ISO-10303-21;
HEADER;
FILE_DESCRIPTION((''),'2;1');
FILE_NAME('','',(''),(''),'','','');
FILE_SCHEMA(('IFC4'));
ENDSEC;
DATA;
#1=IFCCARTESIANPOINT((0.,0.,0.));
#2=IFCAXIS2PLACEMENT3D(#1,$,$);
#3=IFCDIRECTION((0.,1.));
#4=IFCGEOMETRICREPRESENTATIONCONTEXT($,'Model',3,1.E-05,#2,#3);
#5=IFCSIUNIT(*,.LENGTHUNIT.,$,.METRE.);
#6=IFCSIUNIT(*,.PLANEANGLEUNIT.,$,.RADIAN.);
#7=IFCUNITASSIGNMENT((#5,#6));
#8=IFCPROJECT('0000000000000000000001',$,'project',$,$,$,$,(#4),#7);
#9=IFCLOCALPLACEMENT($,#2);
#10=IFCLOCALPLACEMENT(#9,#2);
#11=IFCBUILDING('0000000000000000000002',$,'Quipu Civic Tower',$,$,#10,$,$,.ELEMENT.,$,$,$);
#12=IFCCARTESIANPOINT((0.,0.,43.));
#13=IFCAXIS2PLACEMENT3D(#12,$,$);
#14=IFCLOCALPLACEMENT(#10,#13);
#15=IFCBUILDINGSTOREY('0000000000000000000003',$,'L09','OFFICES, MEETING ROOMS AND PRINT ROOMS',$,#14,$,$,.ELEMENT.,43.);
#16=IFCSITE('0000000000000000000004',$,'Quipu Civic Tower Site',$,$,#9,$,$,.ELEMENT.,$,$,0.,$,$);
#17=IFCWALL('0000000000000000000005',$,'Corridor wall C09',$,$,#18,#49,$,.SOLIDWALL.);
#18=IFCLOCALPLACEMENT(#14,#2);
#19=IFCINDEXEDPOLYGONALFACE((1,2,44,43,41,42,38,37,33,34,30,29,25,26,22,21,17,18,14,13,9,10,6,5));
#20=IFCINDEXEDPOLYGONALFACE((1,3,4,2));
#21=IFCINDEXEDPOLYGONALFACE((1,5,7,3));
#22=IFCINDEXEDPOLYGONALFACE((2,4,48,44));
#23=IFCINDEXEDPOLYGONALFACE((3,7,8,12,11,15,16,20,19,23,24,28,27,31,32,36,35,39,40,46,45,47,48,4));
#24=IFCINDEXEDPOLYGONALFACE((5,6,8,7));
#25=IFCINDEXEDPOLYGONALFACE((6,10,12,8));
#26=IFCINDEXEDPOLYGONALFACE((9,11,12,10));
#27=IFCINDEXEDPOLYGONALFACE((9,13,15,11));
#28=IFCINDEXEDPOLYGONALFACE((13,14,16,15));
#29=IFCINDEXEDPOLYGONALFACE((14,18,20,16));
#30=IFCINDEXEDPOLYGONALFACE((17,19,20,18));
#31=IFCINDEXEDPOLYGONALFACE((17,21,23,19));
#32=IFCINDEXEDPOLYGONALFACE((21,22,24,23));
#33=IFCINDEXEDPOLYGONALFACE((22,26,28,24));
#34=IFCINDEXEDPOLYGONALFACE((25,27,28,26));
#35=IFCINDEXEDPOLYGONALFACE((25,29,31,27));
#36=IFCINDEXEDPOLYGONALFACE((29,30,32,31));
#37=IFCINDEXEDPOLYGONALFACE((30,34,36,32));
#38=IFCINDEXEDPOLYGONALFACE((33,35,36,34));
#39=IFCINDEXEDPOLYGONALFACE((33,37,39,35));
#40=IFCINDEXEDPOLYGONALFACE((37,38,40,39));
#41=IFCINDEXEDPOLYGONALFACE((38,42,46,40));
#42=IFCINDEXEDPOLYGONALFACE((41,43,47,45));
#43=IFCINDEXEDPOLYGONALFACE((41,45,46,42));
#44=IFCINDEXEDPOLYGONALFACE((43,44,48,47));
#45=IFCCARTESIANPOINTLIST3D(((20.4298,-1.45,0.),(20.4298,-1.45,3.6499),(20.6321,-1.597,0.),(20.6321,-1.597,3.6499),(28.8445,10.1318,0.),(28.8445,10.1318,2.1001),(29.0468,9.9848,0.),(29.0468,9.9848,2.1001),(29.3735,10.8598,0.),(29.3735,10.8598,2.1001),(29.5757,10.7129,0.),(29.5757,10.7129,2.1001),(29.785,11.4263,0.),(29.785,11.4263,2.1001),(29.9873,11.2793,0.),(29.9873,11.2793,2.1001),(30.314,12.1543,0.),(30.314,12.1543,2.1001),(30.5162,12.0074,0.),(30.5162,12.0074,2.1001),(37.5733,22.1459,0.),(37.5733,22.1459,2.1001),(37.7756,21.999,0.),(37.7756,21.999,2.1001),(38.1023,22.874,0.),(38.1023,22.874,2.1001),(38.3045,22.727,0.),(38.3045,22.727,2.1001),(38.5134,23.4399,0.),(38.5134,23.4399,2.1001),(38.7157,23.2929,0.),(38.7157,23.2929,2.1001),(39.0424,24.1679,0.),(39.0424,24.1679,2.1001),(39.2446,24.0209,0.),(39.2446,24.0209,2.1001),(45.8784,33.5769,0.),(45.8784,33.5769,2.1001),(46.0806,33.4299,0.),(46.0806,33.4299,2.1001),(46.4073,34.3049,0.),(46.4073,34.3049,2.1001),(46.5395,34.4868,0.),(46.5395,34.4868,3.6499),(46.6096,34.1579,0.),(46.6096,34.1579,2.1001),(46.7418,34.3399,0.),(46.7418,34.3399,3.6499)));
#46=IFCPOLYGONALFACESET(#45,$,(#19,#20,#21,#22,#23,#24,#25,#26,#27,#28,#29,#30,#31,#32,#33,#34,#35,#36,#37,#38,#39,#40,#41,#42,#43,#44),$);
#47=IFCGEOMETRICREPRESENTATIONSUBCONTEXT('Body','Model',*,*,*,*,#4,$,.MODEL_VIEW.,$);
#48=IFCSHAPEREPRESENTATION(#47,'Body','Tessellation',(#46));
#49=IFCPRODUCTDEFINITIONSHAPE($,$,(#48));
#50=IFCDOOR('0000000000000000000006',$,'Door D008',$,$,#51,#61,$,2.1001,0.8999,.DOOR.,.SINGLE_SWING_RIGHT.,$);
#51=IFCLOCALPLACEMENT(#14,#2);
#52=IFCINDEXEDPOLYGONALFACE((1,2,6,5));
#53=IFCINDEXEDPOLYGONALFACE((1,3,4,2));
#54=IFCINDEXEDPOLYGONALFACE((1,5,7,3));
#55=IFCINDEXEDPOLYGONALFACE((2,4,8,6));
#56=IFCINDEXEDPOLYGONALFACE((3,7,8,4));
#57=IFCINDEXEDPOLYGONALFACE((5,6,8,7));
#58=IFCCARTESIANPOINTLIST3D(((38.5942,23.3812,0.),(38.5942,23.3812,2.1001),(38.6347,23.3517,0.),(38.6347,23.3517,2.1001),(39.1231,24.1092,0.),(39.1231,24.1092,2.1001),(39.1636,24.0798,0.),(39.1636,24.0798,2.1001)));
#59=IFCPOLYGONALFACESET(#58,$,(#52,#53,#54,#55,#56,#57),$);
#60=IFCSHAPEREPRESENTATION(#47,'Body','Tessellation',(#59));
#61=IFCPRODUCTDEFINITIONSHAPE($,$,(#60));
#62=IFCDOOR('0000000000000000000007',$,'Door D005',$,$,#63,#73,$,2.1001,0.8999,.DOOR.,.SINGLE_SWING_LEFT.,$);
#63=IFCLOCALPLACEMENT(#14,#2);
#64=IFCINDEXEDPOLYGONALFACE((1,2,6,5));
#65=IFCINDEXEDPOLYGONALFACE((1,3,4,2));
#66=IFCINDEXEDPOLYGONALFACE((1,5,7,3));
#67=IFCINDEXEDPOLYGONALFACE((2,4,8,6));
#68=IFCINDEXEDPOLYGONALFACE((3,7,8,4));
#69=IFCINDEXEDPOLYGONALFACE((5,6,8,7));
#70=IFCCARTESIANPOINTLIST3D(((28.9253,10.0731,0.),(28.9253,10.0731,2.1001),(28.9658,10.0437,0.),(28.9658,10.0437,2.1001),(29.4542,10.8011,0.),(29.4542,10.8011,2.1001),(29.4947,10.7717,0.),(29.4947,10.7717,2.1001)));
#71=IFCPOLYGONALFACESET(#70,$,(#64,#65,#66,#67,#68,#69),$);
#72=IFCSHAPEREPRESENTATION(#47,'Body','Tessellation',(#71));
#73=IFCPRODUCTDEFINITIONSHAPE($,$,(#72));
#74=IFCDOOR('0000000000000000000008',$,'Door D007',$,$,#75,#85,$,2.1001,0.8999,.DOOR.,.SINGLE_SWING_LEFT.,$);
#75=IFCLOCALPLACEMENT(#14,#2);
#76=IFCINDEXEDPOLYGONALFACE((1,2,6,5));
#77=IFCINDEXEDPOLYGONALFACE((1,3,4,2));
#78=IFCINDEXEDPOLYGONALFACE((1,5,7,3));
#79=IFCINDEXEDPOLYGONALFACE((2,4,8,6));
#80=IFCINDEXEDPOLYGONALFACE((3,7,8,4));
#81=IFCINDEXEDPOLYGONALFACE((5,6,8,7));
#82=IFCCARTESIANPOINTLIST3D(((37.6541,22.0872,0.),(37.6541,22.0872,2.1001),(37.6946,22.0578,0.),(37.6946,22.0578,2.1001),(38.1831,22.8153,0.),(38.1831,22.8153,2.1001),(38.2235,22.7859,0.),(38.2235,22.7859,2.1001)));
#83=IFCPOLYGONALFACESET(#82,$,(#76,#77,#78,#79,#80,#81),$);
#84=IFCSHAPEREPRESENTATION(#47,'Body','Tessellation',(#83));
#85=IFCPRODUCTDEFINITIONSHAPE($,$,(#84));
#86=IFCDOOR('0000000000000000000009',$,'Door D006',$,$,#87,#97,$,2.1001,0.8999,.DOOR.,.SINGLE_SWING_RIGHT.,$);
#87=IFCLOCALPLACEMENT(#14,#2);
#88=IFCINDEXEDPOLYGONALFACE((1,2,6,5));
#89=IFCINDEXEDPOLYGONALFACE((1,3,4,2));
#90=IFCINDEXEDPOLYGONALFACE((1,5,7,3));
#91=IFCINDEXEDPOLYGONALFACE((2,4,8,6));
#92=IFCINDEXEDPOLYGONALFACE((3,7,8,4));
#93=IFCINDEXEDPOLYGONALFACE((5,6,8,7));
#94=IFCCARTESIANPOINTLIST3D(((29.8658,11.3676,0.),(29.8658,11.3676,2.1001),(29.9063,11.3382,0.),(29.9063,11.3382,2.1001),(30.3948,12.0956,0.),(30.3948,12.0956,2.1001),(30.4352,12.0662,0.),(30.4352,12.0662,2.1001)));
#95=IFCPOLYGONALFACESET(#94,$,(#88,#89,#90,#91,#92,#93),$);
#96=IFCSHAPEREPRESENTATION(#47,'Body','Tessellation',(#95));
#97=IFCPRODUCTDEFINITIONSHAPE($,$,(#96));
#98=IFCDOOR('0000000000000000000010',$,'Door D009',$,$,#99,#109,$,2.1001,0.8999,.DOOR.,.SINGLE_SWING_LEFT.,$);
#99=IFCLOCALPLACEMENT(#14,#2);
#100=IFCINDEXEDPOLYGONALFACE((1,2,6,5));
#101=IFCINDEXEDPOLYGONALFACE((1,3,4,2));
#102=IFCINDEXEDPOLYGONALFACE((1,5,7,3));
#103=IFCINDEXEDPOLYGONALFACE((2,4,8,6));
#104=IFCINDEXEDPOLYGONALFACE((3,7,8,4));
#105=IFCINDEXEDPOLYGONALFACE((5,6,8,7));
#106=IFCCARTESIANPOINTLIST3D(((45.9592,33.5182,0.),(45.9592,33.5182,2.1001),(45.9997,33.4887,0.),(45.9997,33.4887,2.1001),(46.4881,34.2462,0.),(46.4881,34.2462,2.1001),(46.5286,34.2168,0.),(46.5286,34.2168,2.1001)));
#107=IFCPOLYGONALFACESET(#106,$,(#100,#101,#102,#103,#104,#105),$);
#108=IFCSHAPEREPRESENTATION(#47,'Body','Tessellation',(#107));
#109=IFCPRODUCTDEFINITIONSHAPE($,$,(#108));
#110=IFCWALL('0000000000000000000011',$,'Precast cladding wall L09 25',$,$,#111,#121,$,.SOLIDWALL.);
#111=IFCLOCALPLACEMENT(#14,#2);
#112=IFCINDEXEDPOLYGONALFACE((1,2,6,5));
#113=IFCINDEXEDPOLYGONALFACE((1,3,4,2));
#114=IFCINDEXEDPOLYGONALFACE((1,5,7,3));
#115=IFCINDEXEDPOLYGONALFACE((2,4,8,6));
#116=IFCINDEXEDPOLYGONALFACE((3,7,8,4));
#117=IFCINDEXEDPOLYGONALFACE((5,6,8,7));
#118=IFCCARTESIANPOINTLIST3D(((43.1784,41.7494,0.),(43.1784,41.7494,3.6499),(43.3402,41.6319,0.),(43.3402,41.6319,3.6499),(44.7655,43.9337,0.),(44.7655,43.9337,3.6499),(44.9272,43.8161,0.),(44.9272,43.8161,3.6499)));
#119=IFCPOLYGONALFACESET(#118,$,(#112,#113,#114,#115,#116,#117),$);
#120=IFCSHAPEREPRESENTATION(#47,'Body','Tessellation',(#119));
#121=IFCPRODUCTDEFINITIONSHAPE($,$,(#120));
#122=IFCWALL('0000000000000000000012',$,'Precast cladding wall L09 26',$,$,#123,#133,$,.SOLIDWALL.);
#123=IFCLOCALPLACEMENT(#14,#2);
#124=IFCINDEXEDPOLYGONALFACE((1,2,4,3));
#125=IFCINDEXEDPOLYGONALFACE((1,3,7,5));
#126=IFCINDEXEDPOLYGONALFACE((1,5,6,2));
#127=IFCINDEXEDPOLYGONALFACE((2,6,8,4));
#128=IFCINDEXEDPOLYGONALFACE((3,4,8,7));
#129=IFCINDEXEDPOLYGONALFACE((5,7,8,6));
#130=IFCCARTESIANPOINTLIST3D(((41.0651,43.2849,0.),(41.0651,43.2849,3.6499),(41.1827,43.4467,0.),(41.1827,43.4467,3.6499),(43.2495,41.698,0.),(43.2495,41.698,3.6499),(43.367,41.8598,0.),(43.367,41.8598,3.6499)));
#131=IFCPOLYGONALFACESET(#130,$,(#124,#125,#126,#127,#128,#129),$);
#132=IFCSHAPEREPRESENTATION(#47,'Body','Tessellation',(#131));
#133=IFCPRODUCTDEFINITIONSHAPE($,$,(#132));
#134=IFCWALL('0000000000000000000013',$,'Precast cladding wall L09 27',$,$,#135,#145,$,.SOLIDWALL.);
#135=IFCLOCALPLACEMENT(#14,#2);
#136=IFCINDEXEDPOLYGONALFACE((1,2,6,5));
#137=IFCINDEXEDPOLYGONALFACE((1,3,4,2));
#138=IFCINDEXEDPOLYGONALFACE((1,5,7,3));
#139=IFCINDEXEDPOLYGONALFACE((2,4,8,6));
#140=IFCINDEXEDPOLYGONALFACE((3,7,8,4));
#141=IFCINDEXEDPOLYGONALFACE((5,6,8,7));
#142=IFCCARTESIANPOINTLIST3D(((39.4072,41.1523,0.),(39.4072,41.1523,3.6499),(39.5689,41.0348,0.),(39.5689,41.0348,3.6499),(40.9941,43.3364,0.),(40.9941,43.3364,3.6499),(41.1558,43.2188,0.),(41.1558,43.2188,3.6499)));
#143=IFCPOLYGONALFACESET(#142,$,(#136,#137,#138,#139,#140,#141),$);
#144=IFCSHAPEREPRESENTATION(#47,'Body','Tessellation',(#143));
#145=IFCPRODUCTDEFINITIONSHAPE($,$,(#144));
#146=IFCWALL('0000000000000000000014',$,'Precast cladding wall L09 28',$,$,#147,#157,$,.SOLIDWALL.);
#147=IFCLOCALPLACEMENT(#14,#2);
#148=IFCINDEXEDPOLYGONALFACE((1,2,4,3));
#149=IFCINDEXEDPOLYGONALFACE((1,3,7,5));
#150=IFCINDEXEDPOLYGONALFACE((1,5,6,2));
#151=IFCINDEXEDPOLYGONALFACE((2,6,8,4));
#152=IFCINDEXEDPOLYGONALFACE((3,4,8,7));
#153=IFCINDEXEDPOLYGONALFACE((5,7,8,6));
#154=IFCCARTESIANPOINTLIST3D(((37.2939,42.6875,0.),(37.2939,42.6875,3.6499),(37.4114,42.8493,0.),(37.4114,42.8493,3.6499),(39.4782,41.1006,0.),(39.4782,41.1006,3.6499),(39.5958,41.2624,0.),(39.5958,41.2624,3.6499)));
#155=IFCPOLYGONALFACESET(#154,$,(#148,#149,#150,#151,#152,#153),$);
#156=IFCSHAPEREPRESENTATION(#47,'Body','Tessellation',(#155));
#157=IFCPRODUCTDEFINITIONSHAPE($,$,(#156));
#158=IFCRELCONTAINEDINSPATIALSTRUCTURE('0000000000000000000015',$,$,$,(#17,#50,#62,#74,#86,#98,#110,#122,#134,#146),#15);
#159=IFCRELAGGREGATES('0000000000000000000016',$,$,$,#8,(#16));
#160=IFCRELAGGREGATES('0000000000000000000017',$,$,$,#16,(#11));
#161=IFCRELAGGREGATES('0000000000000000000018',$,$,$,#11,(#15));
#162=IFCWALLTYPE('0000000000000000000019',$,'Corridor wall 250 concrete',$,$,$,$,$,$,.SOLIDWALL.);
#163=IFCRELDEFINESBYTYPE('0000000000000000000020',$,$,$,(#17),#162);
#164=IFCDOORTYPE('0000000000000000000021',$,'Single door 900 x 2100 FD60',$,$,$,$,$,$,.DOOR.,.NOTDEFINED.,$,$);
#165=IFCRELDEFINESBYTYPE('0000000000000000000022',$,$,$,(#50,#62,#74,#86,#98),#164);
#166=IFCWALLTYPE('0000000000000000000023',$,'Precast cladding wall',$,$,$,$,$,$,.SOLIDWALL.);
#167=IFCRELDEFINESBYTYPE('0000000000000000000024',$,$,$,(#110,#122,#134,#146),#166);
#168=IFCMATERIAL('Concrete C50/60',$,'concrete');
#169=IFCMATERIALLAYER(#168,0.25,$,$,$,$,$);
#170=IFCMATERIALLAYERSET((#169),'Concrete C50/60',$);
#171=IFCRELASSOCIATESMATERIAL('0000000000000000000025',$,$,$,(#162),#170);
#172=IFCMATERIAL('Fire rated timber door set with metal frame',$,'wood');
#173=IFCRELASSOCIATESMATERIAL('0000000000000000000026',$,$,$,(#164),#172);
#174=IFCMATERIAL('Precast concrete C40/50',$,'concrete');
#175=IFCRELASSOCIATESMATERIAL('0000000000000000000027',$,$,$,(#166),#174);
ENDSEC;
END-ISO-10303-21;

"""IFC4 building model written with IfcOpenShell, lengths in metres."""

from ifc_helpers import new_model, si_unit, direction, frame, frame_2d, origin, place, context, subcontext, project, spatial, rectangle, extrude, material, layer, layer_set, type_object, element, fill, save


model = new_model("IFC4")

# Units and contexts
model_context = context("Model", 3, precision=1e-05, world=origin(), true_north=direction((0.0, 1.0)))
body_context = subcontext(model_context, "Body", "Model", "MODEL_VIEW")
ifc_project = project(units=[si_unit("LENGTHUNIT", "METRE"), si_unit("PLANEANGLEUNIT", "RADIAN")], contexts=[model_context])

# Site, building, storey
site_placement = place(None, origin())
site = spatial("IfcSite", under=ifc_project, at=site_placement, Name="Quipu Civic Tower Site", CompositionType="ELEMENT", RefElevation=0.0)
building_placement = place(site_placement, origin())
building = spatial("IfcBuilding", under=site, at=building_placement, Name="Quipu Civic Tower", CompositionType="ELEMENT")
storey_placement = place(building_placement, frame((0.0, 0.0, 43.0)))
storey = spatial("IfcBuildingStorey", under=building, at=storey_placement, Name="L09", Description="OFFICES, MEETING ROOMS AND PRINT ROOMS", CompositionType="ELEMENT", Elevation=43.0)

# Shared definitions
ifc_material_1 = material(Name="Concrete C50/60", Category="concrete")
ifc_layer_1 = layer(ifc_material_1, 0.25)
ifc_layer_set_1 = layer_set([ifc_layer_1], Name="Concrete C50/60")
wall_type_1 = type_object("IfcWallType", Name="Corridor wall 250 concrete", PredefinedType="SOLIDWALL", material=ifc_layer_set_1)

# Wall, openings, doors
wall_1_placement = place(storey_placement, frame((46.6406, 34.4133, 0.0), z_axis=(0.0, 0.0, 1.0), x_axis=(-0.587786, -0.809017, 0.0)))
wall_1 = element("IfcWall", 1, at=wall_1_placement, inside=storey, type_object=wall_type_1, Name="Corridor wall C09", PredefinedType="SOLIDWALL", context=body_context, shape_type="SweptSolid", body=[
    extrude(rectangle(XDim=44.4204, YDim=0.25, at=frame_2d((22.2102, 0.0))), origin(), (0.0, 0.0, 1.0), 3.6499),
])
opening_1_placement = place(wall_1_placement, frame((12.7549, 0.0, 0.0)))
opening_1 = element("IfcOpeningElement", 2, at=opening_1_placement, cuts=wall_1, PredefinedType="OPENING", context=body_context, shape_type="SweptSolid", body=[
    extrude(rectangle(XDim=0.8999, YDim=2.1001, at=frame_2d((0.45, 1.05))), frame((0.0, 0.135, 0.0), z_axis=(0.0, -1.0, 0.0), x_axis=(1.0, 0.0, 0.0)), (0.0, 0.0, 1.0), 0.27),
])
opening_2_placement = place(wall_1_placement, frame((29.2046, 0.0, 0.0)))
opening_2 = element("IfcOpeningElement", 3, at=opening_2_placement, cuts=wall_1, PredefinedType="OPENING", context=body_context, shape_type="SweptSolid", body=[
    extrude(rectangle(XDim=0.8999, YDim=2.1001, at=frame_2d((0.45, 1.05))), frame((0.0, 0.135, 0.0), z_axis=(0.0, -1.0, 0.0), x_axis=(1.0, 0.0, 0.0)), (0.0, 0.0, 1.0), 0.27),
])
opening_3_placement = place(wall_1_placement, frame((14.3542, 0.0, 0.0)))
opening_3 = element("IfcOpeningElement", 4, at=opening_3_placement, cuts=wall_1, PredefinedType="OPENING", context=body_context, shape_type="SweptSolid", body=[
    extrude(rectangle(XDim=0.8999, YDim=2.1001, at=frame_2d((0.45, 1.05))), frame((0.0, 0.135, 0.0), z_axis=(0.0, -1.0, 0.0), x_axis=(1.0, 0.0, 0.0)), (0.0, 0.0, 1.0), 0.27),
])
opening_4_placement = place(wall_1_placement, frame((27.6045, 0.0, 0.0)))
opening_4 = element("IfcOpeningElement", 5, at=opening_4_placement, cuts=wall_1, PredefinedType="OPENING", context=body_context, shape_type="SweptSolid", body=[
    extrude(rectangle(XDim=0.8999, YDim=2.1001, at=frame_2d((0.45, 1.05))), frame((0.0, 0.135, 0.0), z_axis=(0.0, -1.0, 0.0), x_axis=(1.0, 0.0, 0.0)), (0.0, 0.0, 1.0), 0.27),
])
opening_5_placement = place(wall_1_placement, frame((0.2249, 0.0, 0.0)))
opening_5 = element("IfcOpeningElement", 6, at=opening_5_placement, cuts=wall_1, PredefinedType="OPENING", context=body_context, shape_type="SweptSolid", body=[
    extrude(rectangle(XDim=0.8999, YDim=2.1001, at=frame_2d((0.45, 1.05))), frame((0.0, 0.135, 0.0), z_axis=(0.0, -1.0, 0.0), x_axis=(1.0, 0.0, 0.0)), (0.0, 0.0, 1.0), 0.27),
])
ifc_material_2 = material(Name="Fire rated timber door set with metal frame", Category="wood")
door_type_1 = type_object("IfcDoorType", Name="Single door 900 x 2100 FD60", OperationType="NOTDEFINED", PredefinedType="DOOR", material=ifc_material_2)
door_1_placement = place(opening_1_placement, origin())
door_1 = element("IfcDoor", 7, at=door_1_placement, inside=storey, type_object=door_type_1, Name="Door D008", OperationType="SINGLE_SWING_RIGHT", OverallHeight=2.1001, OverallWidth=0.8999, PredefinedType="DOOR", context=body_context, shape_type="SweptSolid", body=[
    extrude(rectangle(XDim=0.8999, YDim=2.1001, at=frame_2d((0.45, 1.05))), frame((0.0, 0.0249, 0.0), z_axis=(0.0, -1.0, 0.0), x_axis=(1.0, 0.0, 0.0)), (0.0, 0.0, 1.0), 0.05),
])
fill(opening_1, door_1)
door_2_placement = place(opening_2_placement, origin())
door_2 = element("IfcDoor", 8, at=door_2_placement, inside=storey, type_object=door_type_1, Name="Door D005", OperationType="SINGLE_SWING_LEFT", OverallHeight=2.1001, OverallWidth=0.8999, PredefinedType="DOOR", context=body_context, shape_type="SweptSolid", body=[
    extrude(rectangle(XDim=0.8999, YDim=2.1001, at=frame_2d((0.45, 1.05))), frame((0.0, 0.0249, 0.0), z_axis=(0.0, -1.0, 0.0), x_axis=(1.0, 0.0, 0.0)), (0.0, 0.0, 1.0), 0.05),
])
fill(opening_2, door_2)
door_3_placement = place(opening_3_placement, origin())
door_3 = element("IfcDoor", 9, at=door_3_placement, inside=storey, type_object=door_type_1, Name="Door D007", OperationType="SINGLE_SWING_LEFT", OverallHeight=2.1001, OverallWidth=0.8999, PredefinedType="DOOR", context=body_context, shape_type="SweptSolid", body=[
    extrude(rectangle(XDim=0.8999, YDim=2.1001, at=frame_2d((0.45, 1.05))), frame((0.0, 0.0249, 0.0), z_axis=(0.0, -1.0, 0.0), x_axis=(1.0, 0.0, 0.0)), (0.0, 0.0, 1.0), 0.05),
])
fill(opening_3, door_3)
door_4_placement = place(opening_4_placement, origin())
door_4 = element("IfcDoor", 10, at=door_4_placement, inside=storey, type_object=door_type_1, Name="Door D006", OperationType="SINGLE_SWING_RIGHT", OverallHeight=2.1001, OverallWidth=0.8999, PredefinedType="DOOR", context=body_context, shape_type="SweptSolid", body=[
    extrude(rectangle(XDim=0.8999, YDim=2.1001, at=frame_2d((0.45, 1.05))), frame((0.0, 0.0249, 0.0), z_axis=(0.0, -1.0, 0.0), x_axis=(1.0, 0.0, 0.0)), (0.0, 0.0, 1.0), 0.05),
])
fill(opening_4, door_4)
door_5_placement = place(opening_5_placement, origin())
door_5 = element("IfcDoor", 11, at=door_5_placement, inside=storey, type_object=door_type_1, Name="Door D009", OperationType="SINGLE_SWING_LEFT", OverallHeight=2.1001, OverallWidth=0.8999, PredefinedType="DOOR", context=body_context, shape_type="SweptSolid", body=[
    extrude(rectangle(XDim=0.8999, YDim=2.1001, at=frame_2d((0.45, 1.05))), frame((0.0, 0.0249, 0.0), z_axis=(0.0, -1.0, 0.0), x_axis=(1.0, 0.0, 0.0)), (0.0, 0.0, 1.0), 0.05),
])
fill(opening_5, door_5)

# Walls
ifc_material_3 = material(Name="Precast concrete C40/50", Category="concrete")
wall_type_2 = type_object("IfcWallType", Name="Precast cladding wall", PredefinedType="SOLIDWALL", material=ifc_material_3)
for number, where, z_axis, x_axis, name in (
    (12, (44.8464, 43.875, 0.0), (0.0, 0.0, 1.0), (-0.587822, -0.80899, 0.0), "Precast cladding wall L09 25"),
    (13, (43.3083, 41.7788, 0.0), (0.0, 0.0, 1.0), (-0.809033, 0.587763, 0.0), "Precast cladding wall L09 26"),
):
    element("IfcWall", number, at=place(storey_placement, frame(where, z_axis=z_axis, x_axis=x_axis)), inside=storey, type_object=wall_type_2, Name=name, PredefinedType="SOLIDWALL", context=body_context, shape_type="SweptSolid", body=[
        extrude(rectangle(XDim=2.7, YDim=0.2, at=frame_2d((1.3501, 0.0))), origin(), (0.0, 0.0, 1.0), 3.6499),
    ])
wall_2_placement = place(storey_placement, frame((41.075, 43.2776, 0.0), z_axis=(0.0, 0.0, 1.0), x_axis=(-0.587806, -0.809002, 0.0)))
element("IfcWall", 14, at=wall_2_placement, inside=storey, type_object=wall_type_2, Name="Precast cladding wall L09 27", PredefinedType="SOLIDWALL", context=body_context, shape_type="SweptSolid", body=[
    extrude(rectangle(XDim=2.6997, YDim=0.2, at=frame_2d((1.3499, 0.0))), origin(), (0.0, 0.0, 1.0), 3.6499),
])
wall_3_placement = place(storey_placement, frame((39.5371, 41.1814, 0.0), z_axis=(0.0, 0.0, 1.0), x_axis=(-0.809033, 0.587763, 0.0)))
element("IfcWall", 15, at=wall_3_placement, inside=storey, type_object=wall_type_2, Name="Precast cladding wall L09 28", PredefinedType="SOLIDWALL", context=body_context, shape_type="SweptSolid", body=[
    extrude(rectangle(XDim=2.7, YDim=0.2, at=frame_2d((1.3501, 0.0))), origin(), (0.0, 0.0, 1.0), 3.6499),
])

save(model, "model.ifc")
